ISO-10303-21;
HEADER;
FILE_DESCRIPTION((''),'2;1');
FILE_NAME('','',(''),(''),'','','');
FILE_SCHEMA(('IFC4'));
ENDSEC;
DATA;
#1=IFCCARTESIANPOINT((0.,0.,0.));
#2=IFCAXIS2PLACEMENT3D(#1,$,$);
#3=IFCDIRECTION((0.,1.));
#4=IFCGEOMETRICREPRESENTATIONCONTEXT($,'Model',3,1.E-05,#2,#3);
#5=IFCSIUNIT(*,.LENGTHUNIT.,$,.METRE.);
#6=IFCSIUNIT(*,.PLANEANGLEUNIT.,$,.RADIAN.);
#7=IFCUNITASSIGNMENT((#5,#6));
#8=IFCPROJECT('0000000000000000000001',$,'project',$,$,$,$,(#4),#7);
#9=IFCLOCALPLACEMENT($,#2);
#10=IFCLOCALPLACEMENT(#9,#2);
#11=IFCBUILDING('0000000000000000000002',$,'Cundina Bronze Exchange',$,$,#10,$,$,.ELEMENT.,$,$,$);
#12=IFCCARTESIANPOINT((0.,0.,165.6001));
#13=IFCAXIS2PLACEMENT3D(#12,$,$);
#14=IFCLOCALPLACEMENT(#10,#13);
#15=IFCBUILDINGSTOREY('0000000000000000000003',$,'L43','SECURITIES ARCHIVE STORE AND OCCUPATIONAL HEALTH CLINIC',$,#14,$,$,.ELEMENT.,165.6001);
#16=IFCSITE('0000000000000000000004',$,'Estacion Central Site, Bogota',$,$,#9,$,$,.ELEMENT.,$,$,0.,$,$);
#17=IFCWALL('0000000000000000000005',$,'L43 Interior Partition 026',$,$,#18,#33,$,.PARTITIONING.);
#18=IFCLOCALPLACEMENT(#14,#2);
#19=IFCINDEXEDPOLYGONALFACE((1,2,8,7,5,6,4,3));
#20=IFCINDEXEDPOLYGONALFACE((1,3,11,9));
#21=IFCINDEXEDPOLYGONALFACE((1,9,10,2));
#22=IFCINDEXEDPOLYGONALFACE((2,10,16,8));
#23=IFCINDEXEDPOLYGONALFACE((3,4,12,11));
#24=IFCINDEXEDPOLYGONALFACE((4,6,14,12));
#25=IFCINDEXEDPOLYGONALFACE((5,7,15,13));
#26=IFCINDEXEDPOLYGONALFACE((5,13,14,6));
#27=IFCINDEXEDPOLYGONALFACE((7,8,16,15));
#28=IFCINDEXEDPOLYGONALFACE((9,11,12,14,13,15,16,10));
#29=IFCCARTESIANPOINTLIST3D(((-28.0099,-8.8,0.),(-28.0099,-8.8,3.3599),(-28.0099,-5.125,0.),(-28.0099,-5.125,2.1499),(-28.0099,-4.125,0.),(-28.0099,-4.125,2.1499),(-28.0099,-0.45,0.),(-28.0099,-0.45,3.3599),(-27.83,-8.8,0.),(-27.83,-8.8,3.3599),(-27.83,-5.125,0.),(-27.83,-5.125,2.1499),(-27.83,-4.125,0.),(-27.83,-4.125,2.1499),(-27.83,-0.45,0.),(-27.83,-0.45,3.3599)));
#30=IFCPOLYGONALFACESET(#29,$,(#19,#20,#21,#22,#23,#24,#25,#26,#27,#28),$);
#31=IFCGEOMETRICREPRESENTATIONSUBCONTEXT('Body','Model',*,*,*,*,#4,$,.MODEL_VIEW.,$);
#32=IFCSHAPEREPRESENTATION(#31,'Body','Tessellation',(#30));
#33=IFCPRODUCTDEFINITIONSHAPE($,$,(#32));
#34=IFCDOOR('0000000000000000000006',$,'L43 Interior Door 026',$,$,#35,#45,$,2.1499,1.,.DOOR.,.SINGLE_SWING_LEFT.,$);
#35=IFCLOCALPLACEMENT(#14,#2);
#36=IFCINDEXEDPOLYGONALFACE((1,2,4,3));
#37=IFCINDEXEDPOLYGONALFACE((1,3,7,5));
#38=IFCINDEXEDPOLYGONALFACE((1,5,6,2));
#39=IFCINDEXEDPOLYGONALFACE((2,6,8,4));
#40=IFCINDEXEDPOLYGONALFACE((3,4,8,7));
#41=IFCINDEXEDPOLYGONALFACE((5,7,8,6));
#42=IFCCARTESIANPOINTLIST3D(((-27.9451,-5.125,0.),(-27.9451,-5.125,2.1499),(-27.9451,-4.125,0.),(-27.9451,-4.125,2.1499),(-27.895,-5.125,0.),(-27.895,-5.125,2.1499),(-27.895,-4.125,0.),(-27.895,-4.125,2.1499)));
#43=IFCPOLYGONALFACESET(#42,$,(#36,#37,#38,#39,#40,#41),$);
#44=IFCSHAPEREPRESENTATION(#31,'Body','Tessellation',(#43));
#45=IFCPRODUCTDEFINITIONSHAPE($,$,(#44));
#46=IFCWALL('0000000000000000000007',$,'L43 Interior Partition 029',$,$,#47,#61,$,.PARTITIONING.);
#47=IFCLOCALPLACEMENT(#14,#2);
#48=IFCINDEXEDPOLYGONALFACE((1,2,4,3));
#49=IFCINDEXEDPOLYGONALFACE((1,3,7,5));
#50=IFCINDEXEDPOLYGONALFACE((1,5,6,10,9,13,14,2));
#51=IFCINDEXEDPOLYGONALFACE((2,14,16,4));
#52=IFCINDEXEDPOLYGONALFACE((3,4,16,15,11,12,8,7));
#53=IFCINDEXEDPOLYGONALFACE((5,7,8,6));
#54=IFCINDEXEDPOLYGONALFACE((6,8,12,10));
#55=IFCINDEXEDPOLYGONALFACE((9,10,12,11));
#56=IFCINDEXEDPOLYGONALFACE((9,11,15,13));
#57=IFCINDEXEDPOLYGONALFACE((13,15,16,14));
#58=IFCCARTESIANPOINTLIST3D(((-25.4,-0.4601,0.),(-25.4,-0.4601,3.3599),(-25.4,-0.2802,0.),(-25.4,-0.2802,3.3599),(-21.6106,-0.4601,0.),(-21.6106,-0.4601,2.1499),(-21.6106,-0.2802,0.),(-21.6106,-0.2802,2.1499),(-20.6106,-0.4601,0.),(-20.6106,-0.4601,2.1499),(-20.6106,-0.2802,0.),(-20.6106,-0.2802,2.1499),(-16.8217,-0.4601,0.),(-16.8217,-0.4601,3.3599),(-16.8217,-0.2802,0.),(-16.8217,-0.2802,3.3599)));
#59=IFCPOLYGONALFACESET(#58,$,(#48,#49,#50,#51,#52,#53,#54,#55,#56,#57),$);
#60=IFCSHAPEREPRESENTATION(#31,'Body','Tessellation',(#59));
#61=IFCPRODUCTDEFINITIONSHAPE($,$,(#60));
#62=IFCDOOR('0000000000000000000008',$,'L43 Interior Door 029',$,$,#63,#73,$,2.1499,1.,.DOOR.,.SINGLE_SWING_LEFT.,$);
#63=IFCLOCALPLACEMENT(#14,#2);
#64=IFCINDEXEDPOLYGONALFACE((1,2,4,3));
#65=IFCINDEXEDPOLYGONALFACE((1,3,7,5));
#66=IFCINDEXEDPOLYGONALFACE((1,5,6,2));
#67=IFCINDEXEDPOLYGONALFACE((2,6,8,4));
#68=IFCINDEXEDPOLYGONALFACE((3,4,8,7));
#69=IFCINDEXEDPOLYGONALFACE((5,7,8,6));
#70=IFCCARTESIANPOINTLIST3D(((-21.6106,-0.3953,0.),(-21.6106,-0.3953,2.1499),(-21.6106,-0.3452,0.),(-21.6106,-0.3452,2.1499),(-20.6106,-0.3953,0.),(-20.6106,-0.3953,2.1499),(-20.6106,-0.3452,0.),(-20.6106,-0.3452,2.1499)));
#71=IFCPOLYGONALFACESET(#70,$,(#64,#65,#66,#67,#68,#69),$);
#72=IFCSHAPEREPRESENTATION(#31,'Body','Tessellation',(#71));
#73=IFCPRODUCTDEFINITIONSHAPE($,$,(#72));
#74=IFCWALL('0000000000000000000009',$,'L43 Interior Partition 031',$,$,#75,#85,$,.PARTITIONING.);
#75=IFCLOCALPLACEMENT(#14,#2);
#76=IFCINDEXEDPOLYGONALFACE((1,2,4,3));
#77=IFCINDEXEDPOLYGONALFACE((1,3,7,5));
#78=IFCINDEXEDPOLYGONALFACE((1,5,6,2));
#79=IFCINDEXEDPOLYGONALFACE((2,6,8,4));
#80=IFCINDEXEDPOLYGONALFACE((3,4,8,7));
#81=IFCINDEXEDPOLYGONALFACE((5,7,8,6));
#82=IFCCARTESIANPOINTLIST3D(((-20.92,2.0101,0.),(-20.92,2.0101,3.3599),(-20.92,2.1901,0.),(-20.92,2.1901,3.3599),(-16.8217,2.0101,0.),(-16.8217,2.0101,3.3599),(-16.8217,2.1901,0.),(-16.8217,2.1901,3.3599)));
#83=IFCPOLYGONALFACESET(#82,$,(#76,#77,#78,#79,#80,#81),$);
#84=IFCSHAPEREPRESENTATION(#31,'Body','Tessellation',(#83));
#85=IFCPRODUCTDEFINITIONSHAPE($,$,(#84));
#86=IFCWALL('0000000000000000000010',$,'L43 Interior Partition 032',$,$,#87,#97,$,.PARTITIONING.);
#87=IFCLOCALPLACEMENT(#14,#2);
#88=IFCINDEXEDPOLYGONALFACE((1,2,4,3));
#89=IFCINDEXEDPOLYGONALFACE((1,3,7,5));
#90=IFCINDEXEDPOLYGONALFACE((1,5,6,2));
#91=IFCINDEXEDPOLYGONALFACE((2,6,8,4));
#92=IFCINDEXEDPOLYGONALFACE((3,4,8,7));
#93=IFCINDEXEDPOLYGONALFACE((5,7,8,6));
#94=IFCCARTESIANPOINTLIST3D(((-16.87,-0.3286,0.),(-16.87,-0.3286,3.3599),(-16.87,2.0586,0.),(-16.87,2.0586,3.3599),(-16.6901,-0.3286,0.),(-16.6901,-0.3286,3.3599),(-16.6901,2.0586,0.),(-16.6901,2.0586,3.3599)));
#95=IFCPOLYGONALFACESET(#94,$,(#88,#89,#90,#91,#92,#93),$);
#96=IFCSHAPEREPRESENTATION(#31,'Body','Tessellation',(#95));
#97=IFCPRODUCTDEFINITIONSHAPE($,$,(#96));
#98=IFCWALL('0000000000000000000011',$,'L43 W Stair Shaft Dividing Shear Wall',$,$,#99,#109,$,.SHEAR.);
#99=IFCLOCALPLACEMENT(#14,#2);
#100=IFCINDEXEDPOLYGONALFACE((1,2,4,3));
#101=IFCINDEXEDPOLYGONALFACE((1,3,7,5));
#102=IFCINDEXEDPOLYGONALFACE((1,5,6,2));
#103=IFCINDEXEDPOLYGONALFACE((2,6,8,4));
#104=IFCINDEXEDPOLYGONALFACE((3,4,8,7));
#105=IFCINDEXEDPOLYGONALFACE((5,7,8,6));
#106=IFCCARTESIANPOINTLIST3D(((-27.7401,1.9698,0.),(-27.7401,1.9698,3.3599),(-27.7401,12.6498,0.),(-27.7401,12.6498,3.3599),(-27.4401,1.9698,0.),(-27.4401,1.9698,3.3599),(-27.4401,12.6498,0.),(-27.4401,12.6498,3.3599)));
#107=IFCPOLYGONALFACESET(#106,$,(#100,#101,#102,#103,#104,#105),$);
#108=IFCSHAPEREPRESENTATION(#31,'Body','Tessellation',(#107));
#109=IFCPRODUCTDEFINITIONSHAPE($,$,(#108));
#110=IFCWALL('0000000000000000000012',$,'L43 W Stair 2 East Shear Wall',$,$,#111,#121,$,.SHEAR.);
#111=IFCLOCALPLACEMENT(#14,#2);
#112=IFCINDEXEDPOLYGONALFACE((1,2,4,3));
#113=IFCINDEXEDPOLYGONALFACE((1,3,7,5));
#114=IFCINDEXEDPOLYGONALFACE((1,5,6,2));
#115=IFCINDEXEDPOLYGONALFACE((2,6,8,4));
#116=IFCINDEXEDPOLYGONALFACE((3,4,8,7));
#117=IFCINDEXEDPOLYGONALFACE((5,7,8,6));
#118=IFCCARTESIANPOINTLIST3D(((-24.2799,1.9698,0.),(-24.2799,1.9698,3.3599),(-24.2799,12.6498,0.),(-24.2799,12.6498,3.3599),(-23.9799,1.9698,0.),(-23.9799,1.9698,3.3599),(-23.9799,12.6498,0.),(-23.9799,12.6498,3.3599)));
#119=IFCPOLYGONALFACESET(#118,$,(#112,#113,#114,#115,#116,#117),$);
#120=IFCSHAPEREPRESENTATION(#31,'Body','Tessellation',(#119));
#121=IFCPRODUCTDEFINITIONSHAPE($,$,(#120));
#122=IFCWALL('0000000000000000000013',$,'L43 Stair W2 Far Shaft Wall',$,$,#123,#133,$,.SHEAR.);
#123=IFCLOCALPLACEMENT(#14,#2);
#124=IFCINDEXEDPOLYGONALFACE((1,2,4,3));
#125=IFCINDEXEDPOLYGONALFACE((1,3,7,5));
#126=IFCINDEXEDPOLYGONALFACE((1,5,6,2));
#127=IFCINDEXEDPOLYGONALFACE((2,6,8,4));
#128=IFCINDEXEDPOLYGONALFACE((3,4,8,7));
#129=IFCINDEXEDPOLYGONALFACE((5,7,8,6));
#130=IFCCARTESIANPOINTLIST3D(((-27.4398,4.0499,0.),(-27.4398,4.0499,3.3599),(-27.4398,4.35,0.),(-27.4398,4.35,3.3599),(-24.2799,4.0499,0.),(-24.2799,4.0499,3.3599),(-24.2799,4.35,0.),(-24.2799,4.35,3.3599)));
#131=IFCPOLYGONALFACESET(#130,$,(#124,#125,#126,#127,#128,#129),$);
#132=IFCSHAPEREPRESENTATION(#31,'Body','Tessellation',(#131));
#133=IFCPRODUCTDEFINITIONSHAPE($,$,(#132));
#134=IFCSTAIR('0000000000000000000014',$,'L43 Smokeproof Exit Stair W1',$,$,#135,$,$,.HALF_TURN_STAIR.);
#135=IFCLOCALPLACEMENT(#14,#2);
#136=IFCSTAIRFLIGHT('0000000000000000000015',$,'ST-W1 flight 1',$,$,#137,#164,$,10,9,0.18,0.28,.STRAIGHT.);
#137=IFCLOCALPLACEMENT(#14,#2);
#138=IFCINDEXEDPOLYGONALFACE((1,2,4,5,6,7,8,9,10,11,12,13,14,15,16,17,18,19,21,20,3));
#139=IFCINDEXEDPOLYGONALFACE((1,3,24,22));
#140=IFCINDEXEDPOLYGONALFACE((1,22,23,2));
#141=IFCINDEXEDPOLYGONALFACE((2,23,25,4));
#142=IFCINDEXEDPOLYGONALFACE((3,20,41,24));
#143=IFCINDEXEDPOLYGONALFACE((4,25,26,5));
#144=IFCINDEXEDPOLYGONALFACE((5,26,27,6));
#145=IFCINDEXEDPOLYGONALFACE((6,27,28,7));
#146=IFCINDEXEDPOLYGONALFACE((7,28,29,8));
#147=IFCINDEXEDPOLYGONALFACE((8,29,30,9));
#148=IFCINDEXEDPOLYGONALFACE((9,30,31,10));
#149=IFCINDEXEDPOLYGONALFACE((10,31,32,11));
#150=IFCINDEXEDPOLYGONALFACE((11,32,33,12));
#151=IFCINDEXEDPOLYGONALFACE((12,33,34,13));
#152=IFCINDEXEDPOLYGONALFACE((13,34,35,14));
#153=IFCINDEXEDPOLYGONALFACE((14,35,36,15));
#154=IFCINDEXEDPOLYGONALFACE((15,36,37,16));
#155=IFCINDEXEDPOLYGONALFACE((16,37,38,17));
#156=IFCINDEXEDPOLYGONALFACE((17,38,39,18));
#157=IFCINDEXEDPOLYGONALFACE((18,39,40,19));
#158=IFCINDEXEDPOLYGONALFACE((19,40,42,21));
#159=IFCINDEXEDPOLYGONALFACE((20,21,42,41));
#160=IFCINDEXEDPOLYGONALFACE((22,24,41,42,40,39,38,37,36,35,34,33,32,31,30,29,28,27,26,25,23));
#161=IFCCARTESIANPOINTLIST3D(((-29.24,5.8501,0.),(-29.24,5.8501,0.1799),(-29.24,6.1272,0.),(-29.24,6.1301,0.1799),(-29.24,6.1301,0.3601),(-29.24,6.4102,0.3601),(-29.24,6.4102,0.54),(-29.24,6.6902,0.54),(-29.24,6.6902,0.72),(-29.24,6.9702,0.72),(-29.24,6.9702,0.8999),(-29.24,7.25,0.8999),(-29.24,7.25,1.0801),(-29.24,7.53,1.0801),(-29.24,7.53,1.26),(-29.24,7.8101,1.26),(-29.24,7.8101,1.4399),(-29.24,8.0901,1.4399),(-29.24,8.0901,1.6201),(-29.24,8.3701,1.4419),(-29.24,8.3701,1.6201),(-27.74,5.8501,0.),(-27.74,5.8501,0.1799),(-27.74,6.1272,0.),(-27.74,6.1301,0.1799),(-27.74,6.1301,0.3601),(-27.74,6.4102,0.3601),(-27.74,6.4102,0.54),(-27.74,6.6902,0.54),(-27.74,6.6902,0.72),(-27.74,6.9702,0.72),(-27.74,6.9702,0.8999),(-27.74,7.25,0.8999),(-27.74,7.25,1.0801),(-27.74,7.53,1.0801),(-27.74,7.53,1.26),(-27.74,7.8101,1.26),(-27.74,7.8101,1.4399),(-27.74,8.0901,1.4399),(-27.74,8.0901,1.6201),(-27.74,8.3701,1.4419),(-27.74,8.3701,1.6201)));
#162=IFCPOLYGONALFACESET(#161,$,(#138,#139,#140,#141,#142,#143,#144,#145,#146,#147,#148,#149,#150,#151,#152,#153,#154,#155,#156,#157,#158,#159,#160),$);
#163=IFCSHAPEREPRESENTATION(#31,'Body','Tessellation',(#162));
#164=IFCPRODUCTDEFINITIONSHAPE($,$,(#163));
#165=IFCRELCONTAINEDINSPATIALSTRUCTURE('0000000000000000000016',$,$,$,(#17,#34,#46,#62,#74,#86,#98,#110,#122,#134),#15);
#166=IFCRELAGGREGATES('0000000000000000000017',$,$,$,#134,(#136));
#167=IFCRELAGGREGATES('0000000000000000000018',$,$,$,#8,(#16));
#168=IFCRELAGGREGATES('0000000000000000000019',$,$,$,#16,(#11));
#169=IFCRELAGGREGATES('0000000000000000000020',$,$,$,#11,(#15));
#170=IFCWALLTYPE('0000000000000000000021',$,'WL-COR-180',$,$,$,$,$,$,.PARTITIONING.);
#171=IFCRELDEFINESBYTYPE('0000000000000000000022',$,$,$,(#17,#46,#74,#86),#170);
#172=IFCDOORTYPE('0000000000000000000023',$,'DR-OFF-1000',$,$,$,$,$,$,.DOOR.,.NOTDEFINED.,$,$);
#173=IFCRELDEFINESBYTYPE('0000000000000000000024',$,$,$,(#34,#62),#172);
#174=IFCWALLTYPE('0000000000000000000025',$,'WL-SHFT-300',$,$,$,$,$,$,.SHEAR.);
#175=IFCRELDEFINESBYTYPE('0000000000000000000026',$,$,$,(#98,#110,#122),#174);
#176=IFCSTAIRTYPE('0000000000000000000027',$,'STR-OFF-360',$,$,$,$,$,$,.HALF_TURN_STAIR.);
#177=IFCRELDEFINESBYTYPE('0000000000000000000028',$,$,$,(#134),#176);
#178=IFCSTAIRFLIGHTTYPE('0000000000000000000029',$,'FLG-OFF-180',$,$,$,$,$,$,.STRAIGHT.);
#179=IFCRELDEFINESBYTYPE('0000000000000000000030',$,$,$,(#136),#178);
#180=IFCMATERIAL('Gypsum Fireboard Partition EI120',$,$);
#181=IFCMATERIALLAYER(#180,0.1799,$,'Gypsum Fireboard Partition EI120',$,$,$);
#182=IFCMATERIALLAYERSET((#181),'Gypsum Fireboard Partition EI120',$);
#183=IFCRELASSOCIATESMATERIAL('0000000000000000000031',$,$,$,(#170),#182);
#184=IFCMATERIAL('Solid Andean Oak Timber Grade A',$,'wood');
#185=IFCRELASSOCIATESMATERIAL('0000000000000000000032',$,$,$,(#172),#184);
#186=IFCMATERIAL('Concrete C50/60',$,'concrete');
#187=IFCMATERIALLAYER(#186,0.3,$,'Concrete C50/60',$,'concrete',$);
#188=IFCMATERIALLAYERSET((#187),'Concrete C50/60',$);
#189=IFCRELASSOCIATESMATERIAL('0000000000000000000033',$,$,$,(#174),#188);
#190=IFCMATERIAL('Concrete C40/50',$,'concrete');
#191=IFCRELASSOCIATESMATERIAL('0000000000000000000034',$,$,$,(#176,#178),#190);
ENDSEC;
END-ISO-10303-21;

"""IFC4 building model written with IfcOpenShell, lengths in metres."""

from ifc_helpers import new_model, si_unit, direction, frame, frame_2d, origin, place, context, subcontext, project, spatial, polyline, rectangle, outline, extrude, material, layer, layer_set, type_object, element, fill, aggregate, save


model = new_model("IFC4")

# Units and contexts
model_context = context("Model", 3, precision=1e-05, world=origin(), true_north=direction((0.0, 1.0)))
body_context = subcontext(model_context, "Body", "Model", "MODEL_VIEW")
ifc_project = project(units=[si_unit("LENGTHUNIT", "METRE"), si_unit("PLANEANGLEUNIT", "RADIAN")], contexts=[model_context])

# Site, building, storey
site_placement = place(None, origin())
site = spatial("IfcSite", under=ifc_project, at=site_placement, Name="Estacion Central Site, Bogota", CompositionType="ELEMENT", RefElevation=0.0)
building_placement = place(site_placement, origin())
building = spatial("IfcBuilding", under=site, at=building_placement, Name="Cundina Bronze Exchange", CompositionType="ELEMENT")
storey_placement = place(building_placement, frame((0.0, 0.0, 165.6001)))
storey = spatial("IfcBuildingStorey", under=building, at=storey_placement, Name="L43", Description="SECURITIES ARCHIVE STORE AND OCCUPATIONAL HEALTH CLINIC", CompositionType="ELEMENT", Elevation=165.6001)

# Shared definitions
ifc_material_1 = material(Name="Concrete C50/60", Category="concrete")

# Shared definitions
ifc_material_2 = material(Name="Gypsum Fireboard Partition EI120")
ifc_layer_1 = layer(ifc_material_2, 0.1799, Name="Gypsum Fireboard Partition EI120")
ifc_layer_set_1 = layer_set([ifc_layer_1], Name="Gypsum Fireboard Partition EI120")
wall_type_1 = type_object("IfcWallType", Name="WL-COR-180", PredefinedType="PARTITIONING", material=ifc_layer_set_1)

# Walls, openings, doors
wall_1_placement = place(storey_placement, frame((-27.9199, -0.45, 0.0), z_axis=(0.0, 0.0, 1.0), x_axis=(0.0, -1.0, 0.0)))
wall_1 = element("IfcWall", 1, at=wall_1_placement, inside=storey, type_object=wall_type_1, Name="L43 Interior Partition 026", PredefinedType="PARTITIONING", context=body_context, shape_type="SweptSolid", body=[
    extrude(rectangle(XDim=8.3501, YDim=0.1799, at=frame_2d((4.175, 0.0))), origin(), (0.0, 0.0, 1.0), 3.3599),
])
opening_1_placement = place(wall_1_placement, frame((3.675, 0.0, 0.0)))
opening_1 = element("IfcOpeningElement", 2, at=opening_1_placement, cuts=wall_1, PredefinedType="OPENING", context=body_context, shape_type="SweptSolid", body=[
    extrude(rectangle(XDim=1.0, YDim=2.1499, at=frame_2d((0.5, 1.075))), frame((0.0, 0.0999, 0.0), z_axis=(0.0, -1.0, 0.0), x_axis=(1.0, 0.0, 0.0)), (0.0, 0.0, 1.0), 0.2),
])
ifc_material_3 = material(Name="Solid Andean Oak Timber Grade A", Category="wood")
door_type_1 = type_object("IfcDoorType", Name="DR-OFF-1000", OperationType="NOTDEFINED", PredefinedType="DOOR", material=ifc_material_3)
door_1_placement = place(opening_1_placement, origin())
door_1 = element("IfcDoor", 3, at=door_1_placement, inside=storey, type_object=door_type_1, Name="L43 Interior Door 026", OperationType="SINGLE_SWING_LEFT", OverallHeight=2.1499, OverallWidth=1.0, PredefinedType="DOOR", context=body_context, shape_type="SweptSolid", body=[
    extrude(rectangle(XDim=1.0, YDim=2.1499, at=frame_2d((0.5, 1.075))), frame((0.0, 0.0249, 0.0), z_axis=(0.0, -1.0, 0.0), x_axis=(1.0, 0.0, 0.0)), (0.0, 0.0, 1.0), 0.05),
])
fill(opening_1, door_1)
wall_2_placement = place(storey_placement, frame((-25.3999, -0.3701, 0.0), z_axis=(0.0, 0.0, 1.0), x_axis=(1.0, 0.0, 0.0)))
wall_2 = element("IfcWall", 4, at=wall_2_placement, inside=storey, type_object=wall_type_1, Name="L43 Interior Partition 029", PredefinedType="PARTITIONING", context=body_context, shape_type="SweptSolid", body=[
    extrude(rectangle(XDim=8.5784, YDim=0.1799, at=frame_2d((4.2891, 0.0))), origin(), (0.0, 0.0, 1.0), 3.3599),
])
opening_2_placement = place(wall_2_placement, frame((3.7893, 0.0, 0.0)))
opening_2 = element("IfcOpeningElement", 5, at=opening_2_placement, cuts=wall_2, PredefinedType="OPENING", context=body_context, shape_type="SweptSolid", body=[
    extrude(rectangle(XDim=1.0, YDim=2.1499, at=frame_2d((0.5, 1.075))), frame((0.0, 0.0999, 0.0), z_axis=(0.0, -1.0, 0.0), x_axis=(1.0, 0.0, 0.0)), (0.0, 0.0, 1.0), 0.2),
])
door_2_placement = place(opening_2_placement, origin())
door_2 = element("IfcDoor", 6, at=door_2_placement, inside=storey, type_object=door_type_1, Name="L43 Interior Door 029", OperationType="SINGLE_SWING_LEFT", OverallHeight=2.1499, OverallWidth=1.0, PredefinedType="DOOR", context=body_context, shape_type="SweptSolid", body=[
    extrude(rectangle(XDim=1.0, YDim=2.1499, at=frame_2d((0.5, 1.075))), frame((0.0, 0.0249, 0.0), z_axis=(0.0, -1.0, 0.0), x_axis=(1.0, 0.0, 0.0)), (0.0, 0.0, 1.0), 0.05),
])
fill(opening_2, door_2)

# Walls
wall_3_placement = place(storey_placement, frame((-16.8215, 2.1001, 0.0), z_axis=(0.0, 0.0, 1.0), x_axis=(-1.0, 0.0, 0.0)))
element("IfcWall", 7, at=wall_3_placement, inside=storey, type_object=wall_type_1, Name="L43 Interior Partition 031", PredefinedType="PARTITIONING", context=body_context, shape_type="SweptSolid", body=[
    extrude(rectangle(XDim=4.0984, YDim=0.1799, at=frame_2d((2.0493, 0.0))), origin(), (0.0, 0.0, 1.0), 3.3599),
])
wall_4_placement = place(storey_placement, frame((-16.78, -0.3286, 0.0), z_axis=(0.0, 0.0, 1.0), x_axis=(0.0, 1.0, 0.0)))
element("IfcWall", 8, at=wall_4_placement, inside=storey, type_object=wall_type_1, Name="L43 Interior Partition 032", PredefinedType="PARTITIONING", context=body_context, shape_type="SweptSolid", body=[
    extrude(rectangle(XDim=2.3872, YDim=0.1799, at=frame_2d((1.1936, 0.0))), origin(), (0.0, 0.0, 1.0), 3.3599),
])
ifc_layer_2 = layer(ifc_material_1, 0.3, Name="Concrete C50/60", Category="concrete")
ifc_layer_set_2 = layer_set([ifc_layer_2], Name="Concrete C50/60")
wall_type_2 = type_object("IfcWallType", Name="WL-SHFT-300", PredefinedType="SHEAR", material=ifc_layer_set_2)
for number, where, z_axis, x_axis, name in (
    (9, (-27.5901, 1.97, 0.0), (0.0, 0.0, 1.0), (0.0, 1.0, 0.0), "L43 W Stair Shaft Dividing Shear Wall"),
    (10, (-24.1299, 1.97, 0.0), (0.0, 0.0, 1.0), (0.0, 1.0, 0.0), "L43 W Stair 2 East Shear Wall"),
):
    element("IfcWall", number, at=place(storey_placement, frame(where, z_axis=z_axis, x_axis=x_axis)), inside=storey, type_object=wall_type_2, Name=name, PredefinedType="SHEAR", context=body_context, shape_type="SweptSolid", body=[
        extrude(rectangle(XDim=10.6799, YDim=0.3, at=frame_2d((5.3398, 0.0))), origin(), (0.0, 0.0, 1.0), 3.3599),
    ])
wall_5_placement = place(storey_placement, frame((-27.4399, 4.2, 0.0), z_axis=(0.0, 0.0, 1.0), x_axis=(1.0, 0.0, 0.0)))
element("IfcWall", 11, at=wall_5_placement, inside=storey, type_object=wall_type_2, Name="L43 Stair W2 Far Shaft Wall", PredefinedType="SHEAR", context=body_context, shape_type="SweptSolid", body=[
    extrude(rectangle(XDim=3.1599, YDim=0.3, at=frame_2d((1.5801, 0.0))), origin(), (0.0, 0.0, 1.0), 3.3599),
])

# Stair, stair flight
ifc_material_4 = material(Name="Concrete C40/50", Category="concrete")
stair_type = type_object("IfcStairType", Name="STR-OFF-360", PredefinedType="HALF_TURN_STAIR", material=ifc_material_4)
stair_placement = place(storey_placement, origin())
stair = element("IfcStair", 12, at=stair_placement, inside=storey, type_object=stair_type, Name="L43 Smokeproof Exit Stair W1", PredefinedType="HALF_TURN_STAIR")
stair_flight_type = type_object("IfcStairFlightType", Name="FLG-OFF-180", PredefinedType="STRAIGHT", material=ifc_material_4)
stair_flight_placement = place(storey_placement, frame((-28.49, 5.8501, 0.0), z_axis=(0.0, 0.0, 1.0), x_axis=(0.0, 1.0, 0.0)))
stair_flight = element("IfcStairFlight", 13, at=stair_flight_placement, type_object=stair_flight_type, Name="ST-W1 flight 1", NumberOfRisers=10, NumberOfTreads=9, PredefinedType="STRAIGHT", RiserHeight=0.18, TreadLength=0.28, context=body_context, shape_type="SweptSolid", body=[
    extrude(outline(polyline([(0.0, 0.0), (0.0, 0.1799), (0.28, 0.1799), (0.28, 0.3601), (0.5601, 0.3601), (0.5601, 0.54), (0.8401, 0.54), (0.8401, 0.72), (1.1201, 0.72), (1.1201, 0.8999), (1.3999, 0.8999), (1.3999, 1.0801), (1.6799, 1.0801), (1.6799, 1.26), (1.96, 1.26), (1.96, 1.4399), (2.24, 1.4399), (2.24, 1.6201), (2.52, 1.6201), (2.52, 1.8), (2.52, 1.4419), (0.2771, 0.0), (0.0, 0.0)])), frame((0.0, 0.75, 0.0), z_axis=(0.0, -1.0, 0.0), x_axis=(1.0, 0.0, 0.0)), (0.0, 0.0, 1.0), 1.5),
])
aggregate(stair, [stair_flight])

save(model, "model.ifc")
